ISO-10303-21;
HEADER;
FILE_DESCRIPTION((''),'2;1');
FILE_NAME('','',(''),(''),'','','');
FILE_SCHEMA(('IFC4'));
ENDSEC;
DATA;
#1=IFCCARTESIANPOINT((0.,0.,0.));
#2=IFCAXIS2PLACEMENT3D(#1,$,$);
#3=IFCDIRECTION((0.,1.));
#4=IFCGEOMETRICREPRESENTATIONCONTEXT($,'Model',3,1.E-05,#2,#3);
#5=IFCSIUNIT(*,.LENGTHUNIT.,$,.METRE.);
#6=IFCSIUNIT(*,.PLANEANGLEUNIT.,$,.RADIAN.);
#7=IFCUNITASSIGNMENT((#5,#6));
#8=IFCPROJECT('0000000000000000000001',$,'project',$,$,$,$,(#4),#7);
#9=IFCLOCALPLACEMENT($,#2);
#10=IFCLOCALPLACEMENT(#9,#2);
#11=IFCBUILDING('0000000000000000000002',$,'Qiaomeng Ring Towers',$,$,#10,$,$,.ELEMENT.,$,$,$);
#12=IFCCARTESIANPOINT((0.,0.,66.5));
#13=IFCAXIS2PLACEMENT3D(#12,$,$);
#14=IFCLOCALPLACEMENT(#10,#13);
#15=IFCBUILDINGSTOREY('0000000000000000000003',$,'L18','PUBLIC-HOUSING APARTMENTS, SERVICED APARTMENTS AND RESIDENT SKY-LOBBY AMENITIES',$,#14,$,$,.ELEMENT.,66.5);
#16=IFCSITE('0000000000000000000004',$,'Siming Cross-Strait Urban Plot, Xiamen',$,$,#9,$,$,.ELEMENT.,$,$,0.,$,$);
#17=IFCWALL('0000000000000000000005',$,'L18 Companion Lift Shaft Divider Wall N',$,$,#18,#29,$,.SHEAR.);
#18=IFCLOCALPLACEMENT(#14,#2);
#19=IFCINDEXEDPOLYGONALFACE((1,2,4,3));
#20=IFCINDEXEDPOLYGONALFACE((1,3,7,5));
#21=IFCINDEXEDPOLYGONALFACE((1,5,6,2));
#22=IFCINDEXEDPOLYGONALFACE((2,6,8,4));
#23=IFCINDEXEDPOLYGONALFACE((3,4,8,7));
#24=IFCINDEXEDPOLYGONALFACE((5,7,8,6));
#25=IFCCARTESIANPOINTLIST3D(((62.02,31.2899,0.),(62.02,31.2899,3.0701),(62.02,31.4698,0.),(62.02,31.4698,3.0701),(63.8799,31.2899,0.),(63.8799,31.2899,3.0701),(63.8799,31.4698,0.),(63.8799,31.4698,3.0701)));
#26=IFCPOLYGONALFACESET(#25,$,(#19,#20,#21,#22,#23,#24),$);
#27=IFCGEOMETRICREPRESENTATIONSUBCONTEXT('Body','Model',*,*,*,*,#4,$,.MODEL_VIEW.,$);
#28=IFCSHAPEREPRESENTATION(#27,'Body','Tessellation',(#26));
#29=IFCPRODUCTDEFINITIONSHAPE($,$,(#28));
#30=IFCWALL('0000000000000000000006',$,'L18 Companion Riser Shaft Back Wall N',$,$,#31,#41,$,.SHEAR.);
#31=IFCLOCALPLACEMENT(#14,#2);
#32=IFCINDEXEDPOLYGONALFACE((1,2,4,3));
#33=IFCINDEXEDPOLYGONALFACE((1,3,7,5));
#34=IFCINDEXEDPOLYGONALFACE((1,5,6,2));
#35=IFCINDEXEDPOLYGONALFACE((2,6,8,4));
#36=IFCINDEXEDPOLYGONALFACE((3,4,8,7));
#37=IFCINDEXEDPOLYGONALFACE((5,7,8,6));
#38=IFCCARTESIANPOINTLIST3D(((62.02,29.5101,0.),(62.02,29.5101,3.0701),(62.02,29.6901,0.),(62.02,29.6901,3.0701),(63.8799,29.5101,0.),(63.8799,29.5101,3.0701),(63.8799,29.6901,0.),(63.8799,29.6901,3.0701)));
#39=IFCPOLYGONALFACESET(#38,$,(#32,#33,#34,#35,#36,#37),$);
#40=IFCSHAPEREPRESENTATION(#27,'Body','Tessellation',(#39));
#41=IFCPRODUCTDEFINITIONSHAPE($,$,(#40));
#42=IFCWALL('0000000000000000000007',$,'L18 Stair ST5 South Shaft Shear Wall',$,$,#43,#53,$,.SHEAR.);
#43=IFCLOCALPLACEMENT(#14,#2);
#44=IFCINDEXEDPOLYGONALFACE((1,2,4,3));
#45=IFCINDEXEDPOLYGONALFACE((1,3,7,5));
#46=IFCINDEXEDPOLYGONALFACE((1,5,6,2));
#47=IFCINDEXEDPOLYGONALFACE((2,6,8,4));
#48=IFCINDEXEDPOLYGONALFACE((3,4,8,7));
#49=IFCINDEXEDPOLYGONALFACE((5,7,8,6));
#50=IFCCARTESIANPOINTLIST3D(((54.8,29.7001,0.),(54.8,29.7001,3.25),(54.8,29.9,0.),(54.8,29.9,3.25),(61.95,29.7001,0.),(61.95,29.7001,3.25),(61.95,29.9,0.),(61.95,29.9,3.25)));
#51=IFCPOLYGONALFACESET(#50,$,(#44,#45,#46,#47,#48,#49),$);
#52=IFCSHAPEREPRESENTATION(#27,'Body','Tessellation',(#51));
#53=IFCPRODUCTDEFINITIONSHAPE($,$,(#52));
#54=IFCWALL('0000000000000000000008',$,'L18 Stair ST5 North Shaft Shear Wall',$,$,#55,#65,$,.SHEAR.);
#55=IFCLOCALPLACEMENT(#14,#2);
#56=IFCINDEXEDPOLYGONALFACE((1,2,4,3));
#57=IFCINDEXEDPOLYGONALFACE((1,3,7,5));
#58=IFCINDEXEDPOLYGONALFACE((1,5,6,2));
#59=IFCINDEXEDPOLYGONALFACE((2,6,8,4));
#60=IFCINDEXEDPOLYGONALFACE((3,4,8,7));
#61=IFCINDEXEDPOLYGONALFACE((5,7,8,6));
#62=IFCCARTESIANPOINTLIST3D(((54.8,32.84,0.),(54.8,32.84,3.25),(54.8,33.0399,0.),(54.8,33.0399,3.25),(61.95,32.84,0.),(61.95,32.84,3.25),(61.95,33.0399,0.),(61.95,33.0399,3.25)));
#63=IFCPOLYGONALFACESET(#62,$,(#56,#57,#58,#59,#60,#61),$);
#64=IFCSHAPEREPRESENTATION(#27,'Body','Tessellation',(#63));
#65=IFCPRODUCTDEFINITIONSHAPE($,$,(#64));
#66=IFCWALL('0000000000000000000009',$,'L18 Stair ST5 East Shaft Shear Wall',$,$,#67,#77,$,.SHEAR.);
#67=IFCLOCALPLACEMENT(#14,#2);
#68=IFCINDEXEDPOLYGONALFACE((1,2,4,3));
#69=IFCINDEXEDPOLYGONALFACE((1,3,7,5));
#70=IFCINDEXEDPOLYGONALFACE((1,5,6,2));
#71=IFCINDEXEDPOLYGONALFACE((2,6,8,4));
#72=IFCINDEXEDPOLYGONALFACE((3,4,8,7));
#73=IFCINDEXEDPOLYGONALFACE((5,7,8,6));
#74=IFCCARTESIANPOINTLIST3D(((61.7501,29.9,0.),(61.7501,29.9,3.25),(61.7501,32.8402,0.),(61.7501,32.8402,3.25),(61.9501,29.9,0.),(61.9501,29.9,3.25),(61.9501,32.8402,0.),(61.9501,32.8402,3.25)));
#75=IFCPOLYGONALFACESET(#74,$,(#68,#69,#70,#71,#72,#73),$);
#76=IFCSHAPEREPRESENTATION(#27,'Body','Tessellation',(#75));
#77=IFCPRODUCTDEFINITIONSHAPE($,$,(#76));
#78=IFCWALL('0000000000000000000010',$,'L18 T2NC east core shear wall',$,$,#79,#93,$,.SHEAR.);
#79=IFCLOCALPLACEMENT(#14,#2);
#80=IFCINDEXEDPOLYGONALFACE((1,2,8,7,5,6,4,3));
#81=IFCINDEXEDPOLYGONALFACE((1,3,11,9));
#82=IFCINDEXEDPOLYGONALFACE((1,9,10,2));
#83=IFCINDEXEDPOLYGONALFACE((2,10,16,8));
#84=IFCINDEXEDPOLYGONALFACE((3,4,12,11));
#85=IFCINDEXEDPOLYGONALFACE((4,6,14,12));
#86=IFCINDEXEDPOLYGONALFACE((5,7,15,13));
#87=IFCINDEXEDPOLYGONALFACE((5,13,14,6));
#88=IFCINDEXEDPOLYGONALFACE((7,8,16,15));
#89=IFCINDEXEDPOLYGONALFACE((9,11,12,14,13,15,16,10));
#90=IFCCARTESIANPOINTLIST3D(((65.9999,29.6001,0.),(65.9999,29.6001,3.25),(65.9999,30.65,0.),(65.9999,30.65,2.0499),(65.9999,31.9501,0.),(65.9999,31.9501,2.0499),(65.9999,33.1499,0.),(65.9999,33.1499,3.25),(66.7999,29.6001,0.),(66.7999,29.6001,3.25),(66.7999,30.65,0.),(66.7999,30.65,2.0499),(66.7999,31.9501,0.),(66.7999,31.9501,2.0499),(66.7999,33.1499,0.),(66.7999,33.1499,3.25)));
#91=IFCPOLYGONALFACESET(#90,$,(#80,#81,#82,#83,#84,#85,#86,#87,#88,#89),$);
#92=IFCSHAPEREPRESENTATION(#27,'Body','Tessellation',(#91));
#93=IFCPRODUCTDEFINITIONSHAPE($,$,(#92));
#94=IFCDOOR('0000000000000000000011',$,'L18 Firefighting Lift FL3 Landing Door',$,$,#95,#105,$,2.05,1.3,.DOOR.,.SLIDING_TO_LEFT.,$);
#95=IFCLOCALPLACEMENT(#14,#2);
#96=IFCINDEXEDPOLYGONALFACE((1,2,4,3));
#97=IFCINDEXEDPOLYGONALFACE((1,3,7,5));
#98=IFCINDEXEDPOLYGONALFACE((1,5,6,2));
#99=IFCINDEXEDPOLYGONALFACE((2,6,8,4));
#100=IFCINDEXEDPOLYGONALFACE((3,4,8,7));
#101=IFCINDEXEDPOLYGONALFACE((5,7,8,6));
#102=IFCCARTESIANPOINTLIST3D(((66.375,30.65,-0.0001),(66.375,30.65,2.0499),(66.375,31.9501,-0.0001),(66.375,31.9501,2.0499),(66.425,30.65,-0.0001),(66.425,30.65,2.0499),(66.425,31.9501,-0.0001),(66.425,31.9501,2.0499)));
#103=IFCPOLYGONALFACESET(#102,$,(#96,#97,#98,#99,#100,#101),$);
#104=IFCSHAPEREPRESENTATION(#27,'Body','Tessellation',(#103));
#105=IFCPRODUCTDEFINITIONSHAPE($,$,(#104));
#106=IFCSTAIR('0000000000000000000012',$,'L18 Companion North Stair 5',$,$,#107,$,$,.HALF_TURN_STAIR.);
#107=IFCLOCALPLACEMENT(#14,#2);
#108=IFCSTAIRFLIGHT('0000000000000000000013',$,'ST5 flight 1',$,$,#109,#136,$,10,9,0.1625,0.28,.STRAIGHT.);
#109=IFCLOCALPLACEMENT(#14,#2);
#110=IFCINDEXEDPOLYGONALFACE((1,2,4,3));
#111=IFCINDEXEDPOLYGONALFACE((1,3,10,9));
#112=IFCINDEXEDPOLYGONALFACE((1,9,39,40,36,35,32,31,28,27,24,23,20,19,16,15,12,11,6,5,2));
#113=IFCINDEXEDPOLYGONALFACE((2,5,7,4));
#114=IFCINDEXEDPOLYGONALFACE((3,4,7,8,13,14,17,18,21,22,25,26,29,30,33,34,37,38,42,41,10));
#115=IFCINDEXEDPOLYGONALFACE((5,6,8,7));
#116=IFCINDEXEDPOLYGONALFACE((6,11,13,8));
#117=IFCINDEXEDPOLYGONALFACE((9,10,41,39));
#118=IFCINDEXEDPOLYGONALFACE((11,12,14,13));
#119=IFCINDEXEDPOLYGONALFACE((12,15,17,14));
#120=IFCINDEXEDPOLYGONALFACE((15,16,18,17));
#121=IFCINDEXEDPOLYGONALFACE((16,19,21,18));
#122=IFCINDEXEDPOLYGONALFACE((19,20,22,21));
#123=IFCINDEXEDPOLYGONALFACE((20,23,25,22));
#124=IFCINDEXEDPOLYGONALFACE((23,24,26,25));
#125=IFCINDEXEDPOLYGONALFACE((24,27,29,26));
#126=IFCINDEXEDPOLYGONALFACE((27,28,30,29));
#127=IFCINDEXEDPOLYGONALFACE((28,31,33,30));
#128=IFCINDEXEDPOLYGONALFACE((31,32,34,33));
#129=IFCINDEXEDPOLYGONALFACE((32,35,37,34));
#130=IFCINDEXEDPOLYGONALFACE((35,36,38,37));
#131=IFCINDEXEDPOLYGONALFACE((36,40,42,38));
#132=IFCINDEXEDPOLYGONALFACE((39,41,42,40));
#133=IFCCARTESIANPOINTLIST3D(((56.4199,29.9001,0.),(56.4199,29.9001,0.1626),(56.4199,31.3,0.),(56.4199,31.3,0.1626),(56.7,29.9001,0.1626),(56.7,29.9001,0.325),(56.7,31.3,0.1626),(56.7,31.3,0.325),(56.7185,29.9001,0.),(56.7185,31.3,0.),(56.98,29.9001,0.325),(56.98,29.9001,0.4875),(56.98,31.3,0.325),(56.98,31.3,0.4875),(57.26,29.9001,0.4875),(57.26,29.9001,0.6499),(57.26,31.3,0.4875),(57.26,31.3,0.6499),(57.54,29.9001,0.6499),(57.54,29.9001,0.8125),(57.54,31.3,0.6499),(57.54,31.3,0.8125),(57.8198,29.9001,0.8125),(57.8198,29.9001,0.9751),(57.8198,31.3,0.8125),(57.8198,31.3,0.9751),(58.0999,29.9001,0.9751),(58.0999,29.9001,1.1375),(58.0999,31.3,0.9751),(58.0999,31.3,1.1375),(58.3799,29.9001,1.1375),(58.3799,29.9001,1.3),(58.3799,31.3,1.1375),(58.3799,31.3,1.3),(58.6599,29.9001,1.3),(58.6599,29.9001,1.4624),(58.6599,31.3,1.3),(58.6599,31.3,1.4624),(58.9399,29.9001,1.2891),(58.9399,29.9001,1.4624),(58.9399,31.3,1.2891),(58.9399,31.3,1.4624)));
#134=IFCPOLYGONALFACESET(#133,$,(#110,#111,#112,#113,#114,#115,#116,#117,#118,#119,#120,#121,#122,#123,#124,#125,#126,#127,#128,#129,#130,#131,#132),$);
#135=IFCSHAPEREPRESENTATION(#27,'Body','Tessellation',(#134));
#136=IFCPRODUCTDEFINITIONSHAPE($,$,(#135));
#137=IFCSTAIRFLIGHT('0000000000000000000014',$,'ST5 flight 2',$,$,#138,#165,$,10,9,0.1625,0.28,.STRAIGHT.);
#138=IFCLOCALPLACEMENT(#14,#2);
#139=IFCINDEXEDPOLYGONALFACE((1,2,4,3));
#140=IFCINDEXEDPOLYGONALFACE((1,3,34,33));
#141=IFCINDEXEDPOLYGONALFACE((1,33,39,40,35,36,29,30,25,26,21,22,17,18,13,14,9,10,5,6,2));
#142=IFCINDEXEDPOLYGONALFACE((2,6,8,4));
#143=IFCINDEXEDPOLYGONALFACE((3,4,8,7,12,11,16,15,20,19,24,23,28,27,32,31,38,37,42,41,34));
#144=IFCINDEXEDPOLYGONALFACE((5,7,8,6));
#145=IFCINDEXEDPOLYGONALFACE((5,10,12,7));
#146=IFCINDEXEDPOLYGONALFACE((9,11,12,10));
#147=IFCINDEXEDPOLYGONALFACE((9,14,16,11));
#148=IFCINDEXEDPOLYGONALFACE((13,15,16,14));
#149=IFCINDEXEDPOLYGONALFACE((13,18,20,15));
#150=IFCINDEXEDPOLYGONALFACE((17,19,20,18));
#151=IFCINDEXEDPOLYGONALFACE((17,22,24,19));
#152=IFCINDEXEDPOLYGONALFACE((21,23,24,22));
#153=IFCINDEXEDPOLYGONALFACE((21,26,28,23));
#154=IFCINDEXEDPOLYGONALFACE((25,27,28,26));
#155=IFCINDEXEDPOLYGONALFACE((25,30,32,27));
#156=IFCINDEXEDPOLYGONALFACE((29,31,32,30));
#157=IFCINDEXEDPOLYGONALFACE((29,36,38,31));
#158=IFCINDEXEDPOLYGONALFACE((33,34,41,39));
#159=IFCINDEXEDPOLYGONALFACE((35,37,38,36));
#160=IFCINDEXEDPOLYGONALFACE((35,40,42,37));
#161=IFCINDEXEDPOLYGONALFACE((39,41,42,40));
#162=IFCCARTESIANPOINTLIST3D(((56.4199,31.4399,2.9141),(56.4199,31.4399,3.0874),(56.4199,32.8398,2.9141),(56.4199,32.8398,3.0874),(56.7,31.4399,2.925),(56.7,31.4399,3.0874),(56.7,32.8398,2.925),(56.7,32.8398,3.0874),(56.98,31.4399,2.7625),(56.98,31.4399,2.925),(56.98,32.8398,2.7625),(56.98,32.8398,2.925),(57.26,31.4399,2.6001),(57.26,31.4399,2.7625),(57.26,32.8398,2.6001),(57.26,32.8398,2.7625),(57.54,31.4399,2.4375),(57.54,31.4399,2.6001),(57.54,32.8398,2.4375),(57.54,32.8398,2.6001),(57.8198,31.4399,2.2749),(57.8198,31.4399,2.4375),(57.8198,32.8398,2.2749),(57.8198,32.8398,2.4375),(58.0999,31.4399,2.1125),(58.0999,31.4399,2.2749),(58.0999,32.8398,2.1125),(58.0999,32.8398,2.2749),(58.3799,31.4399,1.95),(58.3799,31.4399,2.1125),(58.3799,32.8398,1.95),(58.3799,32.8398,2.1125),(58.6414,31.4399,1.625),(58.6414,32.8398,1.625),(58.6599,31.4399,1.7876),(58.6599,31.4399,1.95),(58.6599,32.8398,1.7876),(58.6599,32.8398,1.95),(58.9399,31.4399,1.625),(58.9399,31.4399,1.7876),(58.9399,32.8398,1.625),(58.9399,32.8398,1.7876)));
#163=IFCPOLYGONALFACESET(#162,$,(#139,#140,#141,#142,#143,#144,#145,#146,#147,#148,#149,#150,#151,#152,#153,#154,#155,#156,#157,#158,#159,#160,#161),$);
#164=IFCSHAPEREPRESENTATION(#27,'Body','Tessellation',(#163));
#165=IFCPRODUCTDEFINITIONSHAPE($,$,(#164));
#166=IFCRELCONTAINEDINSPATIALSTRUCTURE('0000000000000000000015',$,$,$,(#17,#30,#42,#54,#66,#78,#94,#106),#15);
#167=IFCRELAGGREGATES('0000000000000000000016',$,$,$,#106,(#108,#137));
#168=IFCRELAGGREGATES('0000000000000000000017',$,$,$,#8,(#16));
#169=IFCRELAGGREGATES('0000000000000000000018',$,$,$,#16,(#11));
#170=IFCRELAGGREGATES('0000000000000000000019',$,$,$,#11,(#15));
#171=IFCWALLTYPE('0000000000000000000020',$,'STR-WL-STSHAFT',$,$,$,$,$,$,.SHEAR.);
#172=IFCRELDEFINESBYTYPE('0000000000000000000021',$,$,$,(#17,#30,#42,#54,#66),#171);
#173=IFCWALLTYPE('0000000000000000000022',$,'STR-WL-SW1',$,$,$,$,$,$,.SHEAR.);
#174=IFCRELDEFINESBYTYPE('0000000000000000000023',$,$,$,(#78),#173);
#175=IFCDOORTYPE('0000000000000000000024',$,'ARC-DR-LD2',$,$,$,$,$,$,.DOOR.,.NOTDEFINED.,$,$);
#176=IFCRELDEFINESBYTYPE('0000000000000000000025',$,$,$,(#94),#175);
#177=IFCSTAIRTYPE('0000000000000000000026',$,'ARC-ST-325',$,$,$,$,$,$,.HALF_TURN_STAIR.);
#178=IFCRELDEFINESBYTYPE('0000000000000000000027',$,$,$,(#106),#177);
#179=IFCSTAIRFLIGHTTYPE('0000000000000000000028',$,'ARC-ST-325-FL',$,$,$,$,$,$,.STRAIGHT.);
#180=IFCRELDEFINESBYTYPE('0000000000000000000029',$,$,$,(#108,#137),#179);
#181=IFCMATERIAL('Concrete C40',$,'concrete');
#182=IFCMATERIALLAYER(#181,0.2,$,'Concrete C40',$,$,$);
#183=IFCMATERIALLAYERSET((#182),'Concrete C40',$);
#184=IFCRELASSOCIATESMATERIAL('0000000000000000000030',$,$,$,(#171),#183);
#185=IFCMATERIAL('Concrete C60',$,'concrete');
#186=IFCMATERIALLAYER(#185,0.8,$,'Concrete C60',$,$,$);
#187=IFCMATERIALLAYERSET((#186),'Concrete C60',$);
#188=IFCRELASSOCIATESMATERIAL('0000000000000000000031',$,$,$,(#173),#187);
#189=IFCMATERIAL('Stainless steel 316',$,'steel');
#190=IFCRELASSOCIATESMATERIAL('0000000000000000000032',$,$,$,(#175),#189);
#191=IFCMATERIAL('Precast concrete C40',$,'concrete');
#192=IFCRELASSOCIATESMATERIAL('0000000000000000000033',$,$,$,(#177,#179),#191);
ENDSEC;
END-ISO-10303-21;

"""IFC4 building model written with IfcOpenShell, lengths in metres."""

from ifc_helpers import new_model, si_unit, direction, frame, frame_2d, origin, place, context, subcontext, project, spatial, polyline, rectangle, outline, extrude, source, transform, mapped, material, layer, layer_set, type_object, element, fill, aggregate, save


model = new_model("IFC4")

# Units and contexts
model_context = context("Model", 3, precision=1e-05, world=origin(), true_north=direction((0.0, 1.0)))
body_context = subcontext(model_context, "Body", "Model", "MODEL_VIEW")
ifc_project = project(units=[si_unit("LENGTHUNIT", "METRE"), si_unit("PLANEANGLEUNIT", "RADIAN")], contexts=[model_context])

# Site, building, storey
site_placement = place(None, origin())
site = spatial("IfcSite", under=ifc_project, at=site_placement, Name="Siming Cross-Strait Urban Plot, Xiamen", CompositionType="ELEMENT", RefElevation=0.0)
building_placement = place(site_placement, origin())
building = spatial("IfcBuilding", under=site, at=building_placement, Name="Qiaomeng Ring Towers", CompositionType="ELEMENT")
storey_placement = place(building_placement, frame((0.0, 0.0, 66.5)))
storey = spatial("IfcBuildingStorey", under=building, at=storey_placement, Name="L18", Description="PUBLIC-HOUSING APARTMENTS, SERVICED APARTMENTS AND RESIDENT SKY-LOBBY AMENITIES", CompositionType="ELEMENT", Elevation=66.5)

# Walls
ifc_material_1 = material(Name="Concrete C40", Category="concrete")
ifc_layer_1 = layer(ifc_material_1, 0.2, Name="Concrete C40")
ifc_layer_set_1 = layer_set([ifc_layer_1], Name="Concrete C40")
wall_type_1 = type_object("IfcWallType", Name="STR-WL-STSHAFT", PredefinedType="SHEAR", material=ifc_layer_set_1)
for number, where, z_axis, x_axis, name in (
    (1, (62.02, 31.3799, 0.0), (0.0, 0.0, 1.0), (1.0, 0.0, 0.0), "L18 Companion Lift Shaft Divider Wall N"),
    (2, (62.02, 29.6001, 0.0), (0.0, 0.0, 1.0), (1.0, 0.0, 0.0), "L18 Companion Riser Shaft Back Wall N"),
):
    element("IfcWall", number, at=place(storey_placement, frame(where, z_axis=z_axis, x_axis=x_axis)), inside=storey, type_object=wall_type_1, Name=name, PredefinedType="SHEAR", context=body_context, shape_type="SweptSolid", body=[
        extrude(rectangle(XDim=1.8599, YDim=0.1799, at=frame_2d((0.9299, 0.0))), origin(), (0.0, 0.0, 1.0), 3.0701),
    ])
for number, where, z_axis, x_axis, name in (
    (3, (54.8, 29.8, 0.0), (0.0, 0.0, 1.0), (1.0, 0.0, 0.0), "L18 Stair ST5 South Shaft Shear Wall"),
    (4, (54.8, 32.9399, 0.0), (0.0, 0.0, 1.0), (1.0, 0.0, 0.0), "L18 Stair ST5 North Shaft Shear Wall"),
):
    element("IfcWall", number, at=place(storey_placement, frame(where, z_axis=z_axis, x_axis=x_axis)), inside=storey, type_object=wall_type_1, Name=name, PredefinedType="SHEAR", context=body_context, shape_type="SweptSolid", body=[
        extrude(rectangle(XDim=7.1499, YDim=0.2, at=frame_2d((3.575, 0.0))), origin(), (0.0, 0.0, 1.0), 3.25),
    ])
wall_1_placement = place(storey_placement, frame((61.8501, 29.8999, 0.0), z_axis=(0.0, 0.0, 1.0), x_axis=(0.0, 1.0, 0.0)))
element("IfcWall", 5, at=wall_1_placement, inside=storey, type_object=wall_type_1, Name="L18 Stair ST5 East Shaft Shear Wall", PredefinedType="SHEAR", context=body_context, shape_type="SweptSolid", body=[
    extrude(rectangle(XDim=2.9402, YDim=0.2, at=frame_2d((1.4702, 0.0))), origin(), (0.0, 0.0, 1.0), 3.25),
])

# Wall, opening, door
ifc_material_2 = material(Name="Concrete C60", Category="concrete")
ifc_layer_2 = layer(ifc_material_2, 0.8, Name="Concrete C60")
ifc_layer_set_2 = layer_set([ifc_layer_2], Name="Concrete C60")
wall_type_2 = type_object("IfcWallType", Name="STR-WL-SW1", PredefinedType="SHEAR", material=ifc_layer_set_2)
wall_2_placement = place(storey_placement, frame((66.3999, 29.6001, 0.0), z_axis=(0.0, 0.0, 1.0), x_axis=(0.0, 1.0, 0.0)))
wall_2 = element("IfcWall", 6, at=wall_2_placement, inside=storey, type_object=wall_type_2, Name="L18 T2NC east core shear wall", PredefinedType="SHEAR", context=body_context, shape_type="SweptSolid", body=[
    extrude(rectangle(XDim=3.5498, YDim=0.8, at=frame_2d((1.7749, 0.0))), origin(), (0.0, 0.0, 1.0), 3.25),
])
opening_placement = place(wall_2_placement, frame((1.05, 0.0, 0.0)))
opening = element("IfcOpeningElement", 7, at=opening_placement, cuts=wall_2, PredefinedType="OPENING", context=body_context, shape_type="SweptSolid", body=[
    extrude(rectangle(XDim=1.3, YDim=2.05, at=frame_2d((0.6499, 1.0249))), frame((0.0, 0.4099, 0.0), z_axis=(0.0, -1.0, 0.0), x_axis=(1.0, 0.0, 0.0)), (0.0, 0.0, 1.0), 0.8201),
])
ifc_material_3 = material(Name="Stainless steel 316", Category="steel")
door_type = type_object("IfcDoorType", Name="ARC-DR-LD2", OperationType="NOTDEFINED", PredefinedType="DOOR", material=ifc_material_3)
shared_shape_1 = source(origin(), body_context, "Body", "SweptSolid", [
    extrude(rectangle(XDim=1.3, YDim=2.05, at=frame_2d((0.6499, 1.0249))), frame((0.0, 0.0249, 0.0), z_axis=(0.0, -1.0, 0.0), x_axis=(1.0, 0.0, 0.0)), (0.0, 0.0, 1.0), 0.05),
])
door_placement = place(opening_placement, origin())
door = element("IfcDoor", 8, at=door_placement, inside=storey, type_object=door_type, Name="L18 Firefighting Lift FL3 Landing Door", OperationType="SLIDING_TO_LEFT", OverallHeight=2.05, OverallWidth=1.3, PredefinedType="DOOR", context=body_context, shape_type="MappedRepresentation", body=[
    mapped(shared_shape_1, transform((0.0, 0.0, 0.0), x_axis=(1.0, 0.0, 0.0), y_axis=(0.0, 1.0, 0.0), z_axis=(0.0, 0.0, 1.0), scale=1.0)),
])
fill(opening, door)

# Stair, stair flights
ifc_material_4 = material(Name="Precast concrete C40", Category="concrete")
stair_type = type_object("IfcStairType", Name="ARC-ST-325", PredefinedType="HALF_TURN_STAIR", material=ifc_material_4)
stair_placement = place(storey_placement, origin())
stair = element("IfcStair", 9, at=stair_placement, inside=storey, type_object=stair_type, Name="L18 Companion North Stair 5", PredefinedType="HALF_TURN_STAIR")
stair_flight_type = type_object("IfcStairFlightType", Name="ARC-ST-325-FL", PredefinedType="STRAIGHT", material=ifc_material_4)
shared_shape_2 = source(origin(), body_context, "Body", "SweptSolid", [
    extrude(outline(polyline([(0.0, 0.0), (0.0, 0.1626), (0.28, 0.1626), (0.28, 0.325), (0.5601, 0.325), (0.5601, 0.4875), (0.8401, 0.4875), (0.8401, 0.6499), (1.1201, 0.6499), (1.1201, 0.8125), (1.3999, 0.8125), (1.3999, 0.9751), (1.6799, 0.9751), (1.6799, 1.1375), (1.96, 1.1375), (1.96, 1.3), (2.24, 1.3), (2.24, 1.4624), (2.52, 1.4624), (2.52, 1.625), (2.52, 1.2891), (0.2986, 0.0), (0.0, 0.0)])), frame((0.0, 0.7, 0.0), z_axis=(0.0, -1.0, 0.0), x_axis=(1.0, 0.0, 0.0)), (0.0, 0.0, 1.0), 1.3999),
])
stair_flight_1_placement = place(storey_placement, frame((56.4199, 30.6001, 0.0), z_axis=(0.0, 0.0, 1.0), x_axis=(1.0, 0.0, 0.0)))
stair_flight_1 = element("IfcStairFlight", 10, at=stair_flight_1_placement, type_object=stair_flight_type, Name="ST5 flight 1", NumberOfRisers=10, NumberOfTreads=9, PredefinedType="STRAIGHT", RiserHeight=0.1625, TreadLength=0.28, context=body_context, shape_type="MappedRepresentation", body=[
    mapped(shared_shape_2, transform((0.0, 0.0, 0.0), x_axis=(1.0, 0.0, 0.0), y_axis=(0.0, 1.0, 0.0), z_axis=(0.0, 0.0, 1.0), scale=1.0)),
])
stair_flight_2_placement = place(storey_placement, frame((58.9399, 32.1399, 1.625), z_axis=(0.0, 0.0, 1.0), x_axis=(-1.0, 0.0, 0.0)))
stair_flight_2 = element("IfcStairFlight", 11, at=stair_flight_2_placement, type_object=stair_flight_type, Name="ST5 flight 2", NumberOfRisers=10, NumberOfTreads=9, PredefinedType="STRAIGHT", RiserHeight=0.1625, TreadLength=0.28, context=body_context, shape_type="MappedRepresentation", body=[
    mapped(shared_shape_2, transform((0.0, 0.0, 0.0), x_axis=(1.0, 0.0, 0.0), y_axis=(0.0, 1.0, 0.0), z_axis=(0.0, 0.0, 1.0), scale=1.0)),
])
aggregate(stair, [stair_flight_1, stair_flight_2])

save(model, "model.ifc")
